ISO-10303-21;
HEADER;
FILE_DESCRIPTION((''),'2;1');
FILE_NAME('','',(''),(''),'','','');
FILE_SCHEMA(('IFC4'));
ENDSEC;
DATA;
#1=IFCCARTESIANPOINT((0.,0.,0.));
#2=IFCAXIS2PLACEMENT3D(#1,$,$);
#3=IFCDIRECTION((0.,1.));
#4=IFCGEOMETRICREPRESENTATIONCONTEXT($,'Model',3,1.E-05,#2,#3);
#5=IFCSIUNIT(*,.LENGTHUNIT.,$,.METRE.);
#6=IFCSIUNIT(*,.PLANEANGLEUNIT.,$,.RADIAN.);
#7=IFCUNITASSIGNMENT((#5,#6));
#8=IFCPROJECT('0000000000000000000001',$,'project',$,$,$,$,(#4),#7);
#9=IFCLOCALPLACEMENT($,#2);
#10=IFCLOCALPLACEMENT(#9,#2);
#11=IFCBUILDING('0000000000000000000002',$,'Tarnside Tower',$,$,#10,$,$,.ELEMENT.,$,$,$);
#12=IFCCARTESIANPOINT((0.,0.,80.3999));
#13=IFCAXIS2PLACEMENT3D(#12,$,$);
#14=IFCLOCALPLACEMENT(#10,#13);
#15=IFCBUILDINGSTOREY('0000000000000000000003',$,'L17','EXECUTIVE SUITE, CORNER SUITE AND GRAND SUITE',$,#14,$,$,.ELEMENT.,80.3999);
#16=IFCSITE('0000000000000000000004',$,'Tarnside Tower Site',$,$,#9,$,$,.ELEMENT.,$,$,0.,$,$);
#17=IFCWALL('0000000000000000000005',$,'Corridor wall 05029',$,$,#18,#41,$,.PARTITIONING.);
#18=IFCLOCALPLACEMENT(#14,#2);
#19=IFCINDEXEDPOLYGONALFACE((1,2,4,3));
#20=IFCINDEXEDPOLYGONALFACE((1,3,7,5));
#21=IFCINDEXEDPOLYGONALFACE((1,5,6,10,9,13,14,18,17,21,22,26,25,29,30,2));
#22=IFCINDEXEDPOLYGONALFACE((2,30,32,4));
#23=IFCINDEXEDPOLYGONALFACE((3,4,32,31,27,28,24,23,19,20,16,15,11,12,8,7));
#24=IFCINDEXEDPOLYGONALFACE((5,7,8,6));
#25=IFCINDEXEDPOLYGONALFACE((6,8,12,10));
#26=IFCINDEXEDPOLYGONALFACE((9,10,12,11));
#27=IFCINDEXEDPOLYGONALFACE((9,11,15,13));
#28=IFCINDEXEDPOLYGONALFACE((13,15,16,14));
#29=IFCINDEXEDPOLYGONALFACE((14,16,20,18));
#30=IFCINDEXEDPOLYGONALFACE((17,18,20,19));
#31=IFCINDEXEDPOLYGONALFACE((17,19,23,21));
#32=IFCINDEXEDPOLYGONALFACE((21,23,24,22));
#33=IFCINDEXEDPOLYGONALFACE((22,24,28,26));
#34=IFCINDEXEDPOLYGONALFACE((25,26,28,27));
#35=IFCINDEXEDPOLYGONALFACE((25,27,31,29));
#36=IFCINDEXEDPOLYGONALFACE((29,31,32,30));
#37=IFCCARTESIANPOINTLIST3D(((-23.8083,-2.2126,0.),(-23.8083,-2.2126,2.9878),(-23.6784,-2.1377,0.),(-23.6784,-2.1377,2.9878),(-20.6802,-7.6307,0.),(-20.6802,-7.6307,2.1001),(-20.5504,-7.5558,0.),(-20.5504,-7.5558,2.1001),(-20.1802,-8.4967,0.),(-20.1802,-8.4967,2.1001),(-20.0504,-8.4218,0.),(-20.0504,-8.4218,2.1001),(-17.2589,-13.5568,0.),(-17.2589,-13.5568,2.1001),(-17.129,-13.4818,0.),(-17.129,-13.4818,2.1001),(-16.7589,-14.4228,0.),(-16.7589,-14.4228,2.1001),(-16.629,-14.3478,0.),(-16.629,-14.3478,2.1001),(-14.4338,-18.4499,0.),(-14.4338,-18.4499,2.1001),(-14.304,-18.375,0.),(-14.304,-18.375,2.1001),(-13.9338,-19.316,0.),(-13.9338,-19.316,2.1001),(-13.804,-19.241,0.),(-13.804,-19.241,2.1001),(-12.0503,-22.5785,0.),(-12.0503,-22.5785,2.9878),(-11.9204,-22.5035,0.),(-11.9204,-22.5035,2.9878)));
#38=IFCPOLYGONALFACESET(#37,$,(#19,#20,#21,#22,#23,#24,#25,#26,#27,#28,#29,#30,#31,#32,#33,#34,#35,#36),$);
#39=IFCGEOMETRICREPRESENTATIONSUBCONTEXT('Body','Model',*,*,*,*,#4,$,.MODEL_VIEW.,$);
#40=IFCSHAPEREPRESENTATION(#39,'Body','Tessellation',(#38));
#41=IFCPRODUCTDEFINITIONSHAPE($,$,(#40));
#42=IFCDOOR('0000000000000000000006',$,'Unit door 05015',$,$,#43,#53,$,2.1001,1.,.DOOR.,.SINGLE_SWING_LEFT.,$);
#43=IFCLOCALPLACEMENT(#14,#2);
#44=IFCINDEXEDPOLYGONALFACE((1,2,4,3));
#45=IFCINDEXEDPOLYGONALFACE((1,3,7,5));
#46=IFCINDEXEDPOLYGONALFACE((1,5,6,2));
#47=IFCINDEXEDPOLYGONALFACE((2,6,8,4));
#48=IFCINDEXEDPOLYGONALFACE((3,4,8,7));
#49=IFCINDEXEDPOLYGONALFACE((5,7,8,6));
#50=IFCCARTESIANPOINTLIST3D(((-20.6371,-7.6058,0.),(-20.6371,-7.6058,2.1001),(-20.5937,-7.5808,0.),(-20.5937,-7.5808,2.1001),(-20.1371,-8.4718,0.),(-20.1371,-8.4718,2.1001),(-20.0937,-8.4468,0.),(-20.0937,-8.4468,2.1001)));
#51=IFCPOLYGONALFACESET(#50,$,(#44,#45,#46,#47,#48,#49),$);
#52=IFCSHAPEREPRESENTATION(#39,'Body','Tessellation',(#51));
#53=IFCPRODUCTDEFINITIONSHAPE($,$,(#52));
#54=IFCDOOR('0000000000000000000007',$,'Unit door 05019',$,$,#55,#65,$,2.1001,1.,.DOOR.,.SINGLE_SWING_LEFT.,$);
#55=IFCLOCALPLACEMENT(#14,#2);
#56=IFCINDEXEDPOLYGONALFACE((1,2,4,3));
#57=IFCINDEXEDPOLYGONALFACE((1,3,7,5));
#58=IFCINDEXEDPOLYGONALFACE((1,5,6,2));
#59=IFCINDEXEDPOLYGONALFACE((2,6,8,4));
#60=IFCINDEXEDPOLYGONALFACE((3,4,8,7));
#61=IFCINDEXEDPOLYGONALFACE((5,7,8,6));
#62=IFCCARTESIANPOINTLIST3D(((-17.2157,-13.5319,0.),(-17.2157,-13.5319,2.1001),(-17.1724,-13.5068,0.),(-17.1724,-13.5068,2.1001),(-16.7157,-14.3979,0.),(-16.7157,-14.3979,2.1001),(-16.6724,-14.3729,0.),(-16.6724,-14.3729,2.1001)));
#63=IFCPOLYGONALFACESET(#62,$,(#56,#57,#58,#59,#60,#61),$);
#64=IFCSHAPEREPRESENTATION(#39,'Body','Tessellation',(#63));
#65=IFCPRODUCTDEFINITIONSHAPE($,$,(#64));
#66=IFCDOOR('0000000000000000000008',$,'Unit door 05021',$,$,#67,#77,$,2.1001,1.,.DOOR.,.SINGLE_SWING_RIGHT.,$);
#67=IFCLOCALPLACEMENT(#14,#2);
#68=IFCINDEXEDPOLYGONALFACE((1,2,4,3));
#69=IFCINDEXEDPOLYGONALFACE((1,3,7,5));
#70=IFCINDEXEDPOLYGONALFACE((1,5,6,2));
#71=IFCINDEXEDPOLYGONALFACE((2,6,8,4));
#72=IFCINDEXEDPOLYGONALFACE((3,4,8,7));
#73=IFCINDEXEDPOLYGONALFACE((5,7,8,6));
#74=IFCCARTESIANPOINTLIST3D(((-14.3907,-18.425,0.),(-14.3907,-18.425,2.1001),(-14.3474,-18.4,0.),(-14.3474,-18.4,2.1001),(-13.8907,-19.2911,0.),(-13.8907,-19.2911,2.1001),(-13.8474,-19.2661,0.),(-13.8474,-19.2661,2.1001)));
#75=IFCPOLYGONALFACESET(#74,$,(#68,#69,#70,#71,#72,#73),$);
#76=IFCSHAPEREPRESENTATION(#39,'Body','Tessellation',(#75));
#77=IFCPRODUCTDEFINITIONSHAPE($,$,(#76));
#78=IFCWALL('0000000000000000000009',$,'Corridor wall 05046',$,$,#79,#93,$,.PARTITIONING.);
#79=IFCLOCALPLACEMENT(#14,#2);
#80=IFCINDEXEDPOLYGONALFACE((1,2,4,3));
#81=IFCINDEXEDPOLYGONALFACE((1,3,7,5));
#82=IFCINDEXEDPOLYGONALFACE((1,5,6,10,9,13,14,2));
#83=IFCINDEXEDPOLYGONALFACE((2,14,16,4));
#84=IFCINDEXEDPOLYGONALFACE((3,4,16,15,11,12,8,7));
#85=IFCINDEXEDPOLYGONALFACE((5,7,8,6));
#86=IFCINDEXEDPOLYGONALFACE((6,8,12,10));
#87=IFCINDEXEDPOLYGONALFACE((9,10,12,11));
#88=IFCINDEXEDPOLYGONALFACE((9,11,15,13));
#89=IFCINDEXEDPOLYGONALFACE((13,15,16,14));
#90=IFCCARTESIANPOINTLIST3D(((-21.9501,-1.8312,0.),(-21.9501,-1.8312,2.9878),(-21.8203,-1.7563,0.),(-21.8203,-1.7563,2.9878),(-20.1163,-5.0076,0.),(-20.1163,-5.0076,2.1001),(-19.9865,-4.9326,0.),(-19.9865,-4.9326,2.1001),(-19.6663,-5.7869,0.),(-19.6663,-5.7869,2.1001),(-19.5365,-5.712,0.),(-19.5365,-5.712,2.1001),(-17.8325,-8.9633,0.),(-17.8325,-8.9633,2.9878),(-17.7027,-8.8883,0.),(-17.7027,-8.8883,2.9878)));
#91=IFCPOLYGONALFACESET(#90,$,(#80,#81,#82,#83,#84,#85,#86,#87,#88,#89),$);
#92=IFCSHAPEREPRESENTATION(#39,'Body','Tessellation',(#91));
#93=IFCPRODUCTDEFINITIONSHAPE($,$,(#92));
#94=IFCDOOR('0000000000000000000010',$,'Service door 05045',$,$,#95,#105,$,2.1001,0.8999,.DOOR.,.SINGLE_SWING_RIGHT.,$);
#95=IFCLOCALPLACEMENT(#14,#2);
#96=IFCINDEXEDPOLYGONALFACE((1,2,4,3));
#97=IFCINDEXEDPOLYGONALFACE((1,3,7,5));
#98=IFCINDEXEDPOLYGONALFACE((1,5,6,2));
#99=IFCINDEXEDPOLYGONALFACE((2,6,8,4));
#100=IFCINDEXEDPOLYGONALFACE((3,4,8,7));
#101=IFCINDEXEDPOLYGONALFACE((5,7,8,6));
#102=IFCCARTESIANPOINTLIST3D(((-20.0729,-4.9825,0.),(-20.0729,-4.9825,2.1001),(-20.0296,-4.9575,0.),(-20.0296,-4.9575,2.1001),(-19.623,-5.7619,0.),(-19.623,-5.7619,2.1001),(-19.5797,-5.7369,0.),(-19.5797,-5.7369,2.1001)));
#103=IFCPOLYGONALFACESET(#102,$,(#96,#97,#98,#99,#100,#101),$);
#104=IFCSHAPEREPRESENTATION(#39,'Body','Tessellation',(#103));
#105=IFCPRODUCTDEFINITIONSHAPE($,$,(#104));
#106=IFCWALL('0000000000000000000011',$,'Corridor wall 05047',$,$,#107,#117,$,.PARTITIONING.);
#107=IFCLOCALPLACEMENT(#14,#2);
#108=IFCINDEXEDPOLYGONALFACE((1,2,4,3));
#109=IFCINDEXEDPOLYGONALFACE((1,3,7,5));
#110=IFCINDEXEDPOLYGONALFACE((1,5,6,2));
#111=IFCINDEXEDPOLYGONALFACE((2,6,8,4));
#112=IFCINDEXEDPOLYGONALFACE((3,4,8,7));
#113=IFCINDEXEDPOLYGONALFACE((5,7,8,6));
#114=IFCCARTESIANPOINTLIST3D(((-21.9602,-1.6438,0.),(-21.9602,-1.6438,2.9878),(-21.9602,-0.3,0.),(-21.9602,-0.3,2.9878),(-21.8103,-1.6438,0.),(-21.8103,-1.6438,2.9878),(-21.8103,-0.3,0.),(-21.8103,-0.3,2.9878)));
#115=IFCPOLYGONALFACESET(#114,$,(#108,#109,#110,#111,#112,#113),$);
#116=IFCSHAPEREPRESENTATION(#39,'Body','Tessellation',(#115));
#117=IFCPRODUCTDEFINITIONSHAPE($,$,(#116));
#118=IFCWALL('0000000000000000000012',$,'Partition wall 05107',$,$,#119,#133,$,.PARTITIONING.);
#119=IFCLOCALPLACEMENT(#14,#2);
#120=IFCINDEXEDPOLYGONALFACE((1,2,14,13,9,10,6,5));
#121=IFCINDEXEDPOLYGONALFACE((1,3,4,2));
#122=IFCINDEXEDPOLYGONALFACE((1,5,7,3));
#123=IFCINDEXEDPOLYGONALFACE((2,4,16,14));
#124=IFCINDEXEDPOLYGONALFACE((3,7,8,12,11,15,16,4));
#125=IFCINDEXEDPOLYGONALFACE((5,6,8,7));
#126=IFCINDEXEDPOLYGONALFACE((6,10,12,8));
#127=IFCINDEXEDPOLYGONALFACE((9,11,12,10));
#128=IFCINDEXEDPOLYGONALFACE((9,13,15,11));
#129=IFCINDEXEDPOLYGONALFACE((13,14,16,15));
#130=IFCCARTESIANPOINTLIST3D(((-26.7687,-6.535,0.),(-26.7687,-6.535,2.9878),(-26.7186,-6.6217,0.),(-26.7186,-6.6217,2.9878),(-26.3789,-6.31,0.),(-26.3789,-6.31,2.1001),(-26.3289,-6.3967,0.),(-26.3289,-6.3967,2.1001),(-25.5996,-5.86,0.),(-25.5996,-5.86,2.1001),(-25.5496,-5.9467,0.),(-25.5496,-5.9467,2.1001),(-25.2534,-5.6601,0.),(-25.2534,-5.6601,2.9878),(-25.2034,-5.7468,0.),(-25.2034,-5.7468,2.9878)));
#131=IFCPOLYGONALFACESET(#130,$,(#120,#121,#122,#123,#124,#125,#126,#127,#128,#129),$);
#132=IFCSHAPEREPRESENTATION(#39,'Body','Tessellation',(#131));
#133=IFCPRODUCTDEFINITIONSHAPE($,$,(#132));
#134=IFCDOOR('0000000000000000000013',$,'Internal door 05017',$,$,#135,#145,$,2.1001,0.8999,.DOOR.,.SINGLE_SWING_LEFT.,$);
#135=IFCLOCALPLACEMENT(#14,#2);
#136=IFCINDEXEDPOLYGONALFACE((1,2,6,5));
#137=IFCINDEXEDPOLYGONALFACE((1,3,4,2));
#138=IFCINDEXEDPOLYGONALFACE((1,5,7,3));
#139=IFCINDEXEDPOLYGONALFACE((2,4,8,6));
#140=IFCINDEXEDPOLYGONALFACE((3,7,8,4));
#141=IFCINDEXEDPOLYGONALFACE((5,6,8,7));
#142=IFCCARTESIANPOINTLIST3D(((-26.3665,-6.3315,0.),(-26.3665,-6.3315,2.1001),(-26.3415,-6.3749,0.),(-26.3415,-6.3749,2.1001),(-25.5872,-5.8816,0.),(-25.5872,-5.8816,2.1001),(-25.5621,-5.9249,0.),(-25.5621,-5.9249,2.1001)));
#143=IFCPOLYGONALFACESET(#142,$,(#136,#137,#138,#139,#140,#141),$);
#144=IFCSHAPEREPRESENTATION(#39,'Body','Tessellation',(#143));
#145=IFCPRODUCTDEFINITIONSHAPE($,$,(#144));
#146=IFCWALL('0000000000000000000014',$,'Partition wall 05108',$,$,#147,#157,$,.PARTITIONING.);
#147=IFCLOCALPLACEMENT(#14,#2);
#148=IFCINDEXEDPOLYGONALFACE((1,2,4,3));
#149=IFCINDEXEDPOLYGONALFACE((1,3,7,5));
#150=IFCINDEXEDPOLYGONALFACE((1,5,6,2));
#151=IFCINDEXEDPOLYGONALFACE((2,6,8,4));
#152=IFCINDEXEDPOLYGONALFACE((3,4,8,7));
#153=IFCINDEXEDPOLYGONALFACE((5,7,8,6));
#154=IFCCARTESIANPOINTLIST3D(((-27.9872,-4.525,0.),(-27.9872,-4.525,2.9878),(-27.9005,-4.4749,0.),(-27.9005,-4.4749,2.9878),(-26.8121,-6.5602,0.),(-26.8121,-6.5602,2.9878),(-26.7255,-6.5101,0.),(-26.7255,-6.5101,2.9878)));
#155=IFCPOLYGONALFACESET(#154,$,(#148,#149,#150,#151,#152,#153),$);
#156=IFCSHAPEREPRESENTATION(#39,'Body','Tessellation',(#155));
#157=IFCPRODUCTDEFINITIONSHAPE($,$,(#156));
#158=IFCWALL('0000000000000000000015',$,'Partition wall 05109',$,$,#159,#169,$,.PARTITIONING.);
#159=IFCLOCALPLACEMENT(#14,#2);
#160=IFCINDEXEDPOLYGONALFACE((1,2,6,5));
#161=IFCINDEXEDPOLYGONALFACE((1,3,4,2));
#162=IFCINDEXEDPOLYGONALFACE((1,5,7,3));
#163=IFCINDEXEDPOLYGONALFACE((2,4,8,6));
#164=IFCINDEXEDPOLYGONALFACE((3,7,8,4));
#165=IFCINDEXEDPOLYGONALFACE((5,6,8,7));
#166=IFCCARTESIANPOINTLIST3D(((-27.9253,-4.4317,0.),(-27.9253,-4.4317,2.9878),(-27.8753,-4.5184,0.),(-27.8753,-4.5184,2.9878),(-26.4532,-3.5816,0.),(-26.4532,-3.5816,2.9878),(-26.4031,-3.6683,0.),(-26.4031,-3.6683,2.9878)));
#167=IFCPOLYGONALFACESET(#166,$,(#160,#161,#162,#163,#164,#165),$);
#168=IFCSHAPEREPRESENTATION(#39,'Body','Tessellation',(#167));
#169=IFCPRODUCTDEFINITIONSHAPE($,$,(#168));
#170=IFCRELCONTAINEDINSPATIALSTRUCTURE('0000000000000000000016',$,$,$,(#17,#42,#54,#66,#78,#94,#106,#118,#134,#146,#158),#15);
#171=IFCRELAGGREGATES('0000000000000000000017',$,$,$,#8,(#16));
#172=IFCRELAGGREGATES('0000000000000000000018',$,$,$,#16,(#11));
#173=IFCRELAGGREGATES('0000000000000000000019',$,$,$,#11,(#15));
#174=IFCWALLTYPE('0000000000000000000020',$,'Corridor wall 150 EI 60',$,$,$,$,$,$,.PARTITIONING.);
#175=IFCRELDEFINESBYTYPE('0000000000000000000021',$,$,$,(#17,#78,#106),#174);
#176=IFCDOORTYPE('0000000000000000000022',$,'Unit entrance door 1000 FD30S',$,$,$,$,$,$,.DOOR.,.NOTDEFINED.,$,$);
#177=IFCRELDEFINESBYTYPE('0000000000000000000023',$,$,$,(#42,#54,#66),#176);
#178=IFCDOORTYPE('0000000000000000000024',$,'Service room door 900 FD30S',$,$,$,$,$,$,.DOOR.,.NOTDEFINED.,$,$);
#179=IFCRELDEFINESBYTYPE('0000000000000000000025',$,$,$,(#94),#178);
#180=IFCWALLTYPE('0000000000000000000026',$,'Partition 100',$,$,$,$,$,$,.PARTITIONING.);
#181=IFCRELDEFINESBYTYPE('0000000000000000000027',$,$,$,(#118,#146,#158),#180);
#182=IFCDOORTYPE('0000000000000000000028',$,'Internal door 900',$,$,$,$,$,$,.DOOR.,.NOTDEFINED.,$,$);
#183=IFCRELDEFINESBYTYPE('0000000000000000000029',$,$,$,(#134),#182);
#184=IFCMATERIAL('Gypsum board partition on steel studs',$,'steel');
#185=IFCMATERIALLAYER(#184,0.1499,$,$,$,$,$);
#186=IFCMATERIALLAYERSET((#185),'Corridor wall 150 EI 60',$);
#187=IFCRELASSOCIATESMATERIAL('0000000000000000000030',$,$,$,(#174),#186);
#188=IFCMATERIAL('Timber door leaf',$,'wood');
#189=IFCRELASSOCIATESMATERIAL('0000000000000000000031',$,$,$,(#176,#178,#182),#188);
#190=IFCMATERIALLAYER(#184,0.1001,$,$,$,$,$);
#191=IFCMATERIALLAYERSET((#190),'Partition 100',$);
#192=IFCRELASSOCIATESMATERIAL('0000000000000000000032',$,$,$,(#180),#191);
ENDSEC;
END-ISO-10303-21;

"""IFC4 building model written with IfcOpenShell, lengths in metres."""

from ifc_helpers import new_model, si_unit, direction, frame, frame_2d, origin, place, context, subcontext, project, spatial, rectangle, extrude, material, layer, layer_set, type_object, element, fill, save


model = new_model("IFC4")

# Units and contexts
model_context = context("Model", 3, precision=1e-05, world=origin(), true_north=direction((0.0, 1.0)))
body_context = subcontext(model_context, "Body", "Model", "MODEL_VIEW")
ifc_project = project(units=[si_unit("LENGTHUNIT", "METRE"), si_unit("PLANEANGLEUNIT", "RADIAN")], contexts=[model_context])

# Site, building, storey
site_placement = place(None, origin())
site = spatial("IfcSite", under=ifc_project, at=site_placement, Name="Tarnside Tower Site", CompositionType="ELEMENT", RefElevation=0.0)
building_placement = place(site_placement, origin())
building = spatial("IfcBuilding", under=site, at=building_placement, Name="Tarnside Tower", CompositionType="ELEMENT")
storey_placement = place(building_placement, frame((0.0, 0.0, 80.3999)))
storey = spatial("IfcBuildingStorey", under=building, at=storey_placement, Name="L17", Description="EXECUTIVE SUITE, CORNER SUITE AND GRAND SUITE", CompositionType="ELEMENT", Elevation=80.3999)

# Shared definitions
ifc_material_1 = material(Name="Gypsum board partition on steel studs", Category="steel")

# Shared definitions
ifc_material_2 = material(Name="Timber door leaf", Category="wood")

# Shared definitions
ifc_layer_1 = layer(ifc_material_1, 0.1499)
ifc_layer_set_1 = layer_set([ifc_layer_1], Name="Corridor wall 150 EI 60")
wall_type_1 = type_object("IfcWallType", Name="Corridor wall 150 EI 60", PredefinedType="PARTITIONING", material=ifc_layer_set_1)

# Wall, openings, doors
wall_1_placement = place(storey_placement, frame((-23.7434, -2.175, 0.0), z_axis=(0.0, 0.0, 1.0), x_axis=(0.499992, -0.86603, 0.0)))
wall_1 = element("IfcWall", 1, at=wall_1_placement, inside=storey, type_object=wall_type_1, Name="Corridor wall 05029", PredefinedType="PARTITIONING", context=body_context, shape_type="SweptSolid", body=[
    extrude(rectangle(XDim=23.5164, YDim=0.1499, at=frame_2d((11.7583, 0.0))), origin(), (0.0, 0.0, 1.0), 2.9878),
])
opening_1_placement = place(wall_1_placement, frame((6.2563, 0.0, 0.0)))
opening_1 = element("IfcOpeningElement", 2, at=opening_1_placement, cuts=wall_1, PredefinedType="OPENING", context=body_context, shape_type="SweptSolid", body=[
    extrude(rectangle(XDim=1.0, YDim=2.1001, at=frame_2d((0.5, 1.05))), frame((0.0, 0.085, 0.0), z_axis=(0.0, -1.0, 0.0), x_axis=(1.0, 0.0, 0.0)), (0.0, 0.0, 1.0), 0.1699),
])
opening_2_placement = place(wall_1_placement, frame((13.0991, 0.0, 0.0)))
opening_2 = element("IfcOpeningElement", 3, at=opening_2_placement, cuts=wall_1, PredefinedType="OPENING", context=body_context, shape_type="SweptSolid", body=[
    extrude(rectangle(XDim=1.0, YDim=2.1001, at=frame_2d((0.5, 1.05))), frame((0.0, 0.085, 0.0), z_axis=(0.0, -1.0, 0.0), x_axis=(1.0, 0.0, 0.0)), (0.0, 0.0, 1.0), 0.1699),
])
opening_3_placement = place(wall_1_placement, frame((18.7493, 0.0, 0.0)))
opening_3 = element("IfcOpeningElement", 4, at=opening_3_placement, cuts=wall_1, PredefinedType="OPENING", context=body_context, shape_type="SweptSolid", body=[
    extrude(rectangle(XDim=1.0, YDim=2.1001, at=frame_2d((0.5, 1.05))), frame((0.0, 0.085, 0.0), z_axis=(0.0, -1.0, 0.0), x_axis=(1.0, 0.0, 0.0)), (0.0, 0.0, 1.0), 0.1699),
])
door_type_1 = type_object("IfcDoorType", Name="Unit entrance door 1000 FD30S", OperationType="NOTDEFINED", PredefinedType="DOOR", material=ifc_material_2)
door_1_placement = place(opening_1_placement, origin())
door_1 = element("IfcDoor", 5, at=door_1_placement, inside=storey, type_object=door_type_1, Name="Unit door 05015", OperationType="SINGLE_SWING_LEFT", OverallHeight=2.1001, OverallWidth=1.0, PredefinedType="DOOR", context=body_context, shape_type="SweptSolid", body=[
    extrude(rectangle(XDim=1.0, YDim=2.1001, at=frame_2d((0.5, 1.05))), frame((0.0, 0.0249, 0.0), z_axis=(0.0, -1.0, 0.0), x_axis=(1.0, 0.0, 0.0)), (0.0, 0.0, 1.0), 0.05),
])
fill(opening_1, door_1)
door_2_placement = place(opening_2_placement, origin())
door_2 = element("IfcDoor", 6, at=door_2_placement, inside=storey, type_object=door_type_1, Name="Unit door 05019", OperationType="SINGLE_SWING_LEFT", OverallHeight=2.1001, OverallWidth=1.0, PredefinedType="DOOR", context=body_context, shape_type="SweptSolid", body=[
    extrude(rectangle(XDim=1.0, YDim=2.1001, at=frame_2d((0.5, 1.05))), frame((0.0, 0.0249, 0.0), z_axis=(0.0, -1.0, 0.0), x_axis=(1.0, 0.0, 0.0)), (0.0, 0.0, 1.0), 0.05),
])
fill(opening_2, door_2)
door_3_placement = place(opening_3_placement, origin())
door_3 = element("IfcDoor", 7, at=door_3_placement, inside=storey, type_object=door_type_1, Name="Unit door 05021", OperationType="SINGLE_SWING_RIGHT", OverallHeight=2.1001, OverallWidth=1.0, PredefinedType="DOOR", context=body_context, shape_type="SweptSolid", body=[
    extrude(rectangle(XDim=1.0, YDim=2.1001, at=frame_2d((0.5, 1.05))), frame((0.0, 0.0249, 0.0), z_axis=(0.0, -1.0, 0.0), x_axis=(1.0, 0.0, 0.0)), (0.0, 0.0, 1.0), 0.05),
])
fill(opening_3, door_3)

# Wall, opening, door
wall_2_placement = place(storey_placement, frame((-17.7676, -8.9258, 0.0), z_axis=(0.0, 0.0, 1.0), x_axis=(-0.499997, 0.866027, 0.0)))
wall_2 = element("IfcWall", 8, at=wall_2_placement, inside=storey, type_object=wall_type_1, Name="Corridor wall 05046", PredefinedType="PARTITIONING", context=body_context, shape_type="SweptSolid", body=[
    extrude(rectangle(XDim=8.2354, YDim=0.1499, at=frame_2d((4.1177, 0.0))), origin(), (0.0, 0.0, 1.0), 2.9878),
])
opening_4_placement = place(wall_2_placement, frame((3.6677, 0.0, 0.0)))
opening_4 = element("IfcOpeningElement", 9, at=opening_4_placement, cuts=wall_2, PredefinedType="OPENING", context=body_context, shape_type="SweptSolid", body=[
    extrude(rectangle(XDim=0.8999, YDim=2.1001, at=frame_2d((0.45, 1.05))), frame((0.0, 0.085, 0.0), z_axis=(0.0, -1.0, 0.0), x_axis=(1.0, 0.0, 0.0)), (0.0, 0.0, 1.0), 0.1699),
])
door_type_2 = type_object("IfcDoorType", Name="Service room door 900 FD30S", OperationType="NOTDEFINED", PredefinedType="DOOR", material=ifc_material_2)
door_4_placement = place(opening_4_placement, origin())
door_4 = element("IfcDoor", 10, at=door_4_placement, inside=storey, type_object=door_type_2, Name="Service door 05045", OperationType="SINGLE_SWING_RIGHT", OverallHeight=2.1001, OverallWidth=0.8999, PredefinedType="DOOR", context=body_context, shape_type="SweptSolid", body=[
    extrude(rectangle(XDim=0.8999, YDim=2.1001, at=frame_2d((0.45, 1.05))), frame((0.0, 0.0249, 0.0), z_axis=(0.0, -1.0, 0.0), x_axis=(1.0, 0.0, 0.0)), (0.0, 0.0, 1.0), 0.05),
])
fill(opening_4, door_4)

# Wall
wall_3_placement = place(storey_placement, frame((-21.8853, -1.6438, 0.0), z_axis=(0.0, 0.0, 1.0), x_axis=(0.0, 1.0, 0.0)))
element("IfcWall", 11, at=wall_3_placement, inside=storey, type_object=wall_type_1, Name="Corridor wall 05047", PredefinedType="PARTITIONING", context=body_context, shape_type="SweptSolid", body=[
    extrude(rectangle(XDim=1.3438, YDim=0.1499, at=frame_2d((0.6719, 0.0))), origin(), (0.0, 0.0, 1.0), 2.9878),
])

# Wall, opening, door
ifc_layer_2 = layer(ifc_material_1, 0.1001)
ifc_layer_set_2 = layer_set([ifc_layer_2], Name="Partition 100")
wall_type_2 = type_object("IfcWallType", Name="Partition 100", PredefinedType="PARTITIONING", material=ifc_layer_set_2)
wall_4_placement = place(storey_placement, frame((-25.2283, -5.7034, 0.0), z_axis=(0.0, 0.0, 1.0), x_axis=(-0.866002, -0.50004, 0.0)))
wall_4 = element("IfcWall", 12, at=wall_4_placement, inside=storey, type_object=wall_type_2, Name="Partition wall 05107", PredefinedType="PARTITIONING", context=body_context, shape_type="SweptSolid", body=[
    extrude(rectangle(XDim=1.7498, YDim=0.1001, at=frame_2d((0.875, 0.0))), origin(), (0.0, 0.0, 1.0), 2.9878),
])
opening_5_placement = place(wall_4_placement, frame((0.3999, 0.0, 0.0)))
opening_5 = element("IfcOpeningElement", 13, at=opening_5_placement, cuts=wall_4, PredefinedType="OPENING", context=body_context, shape_type="SweptSolid", body=[
    extrude(rectangle(XDim=0.8999, YDim=2.1001, at=frame_2d((0.45, 1.05))), frame((0.0, 0.0601, 0.0), z_axis=(0.0, -1.0, 0.0), x_axis=(1.0, 0.0, 0.0)), (0.0, 0.0, 1.0), 0.1201),
])
door_type_3 = type_object("IfcDoorType", Name="Internal door 900", OperationType="NOTDEFINED", PredefinedType="DOOR", material=ifc_material_2)
door_5_placement = place(opening_5_placement, origin())
door_5 = element("IfcDoor", 14, at=door_5_placement, inside=storey, type_object=door_type_3, Name="Internal door 05017", OperationType="SINGLE_SWING_LEFT", OverallHeight=2.1001, OverallWidth=0.8999, PredefinedType="DOOR", context=body_context, shape_type="SweptSolid", body=[
    extrude(rectangle(XDim=0.8999, YDim=2.1001, at=frame_2d((0.45, 1.05))), frame((0.0, 0.0249, 0.0), z_axis=(0.0, -1.0, 0.0), x_axis=(1.0, 0.0, 0.0)), (0.0, 0.0, 1.0), 0.05),
])
fill(opening_5, door_5)

# Walls
wall_5_placement = place(storey_placement, frame((-26.7688, -6.5352, 0.0), z_axis=(0.0, 0.0, 1.0), x_axis=(-0.500016, 0.866016, 0.0)))
element("IfcWall", 15, at=wall_5_placement, inside=storey, type_object=wall_type_2, Name="Partition wall 05108", PredefinedType="PARTITIONING", context=body_context, shape_type="SweptSolid", body=[
    extrude(rectangle(XDim=2.3501, YDim=0.1001, at=frame_2d((1.175, 0.0))), origin(), (0.0, 0.0, 1.0), 2.9878),
])
wall_6_placement = place(storey_placement, frame((-27.9004, -4.4751, 0.0), z_axis=(0.0, 0.0, 1.0), x_axis=(0.865989, 0.500062, 0.0)))
element("IfcWall", 16, at=wall_6_placement, inside=storey, type_object=wall_type_2, Name="Partition wall 05109", PredefinedType="PARTITIONING", context=body_context, shape_type="SweptSolid", body=[
    extrude(rectangle(XDim=1.7, YDim=0.1001, at=frame_2d((0.8501, 0.0))), origin(), (0.0, 0.0, 1.0), 2.9878),
])

save(model, "model.ifc")
